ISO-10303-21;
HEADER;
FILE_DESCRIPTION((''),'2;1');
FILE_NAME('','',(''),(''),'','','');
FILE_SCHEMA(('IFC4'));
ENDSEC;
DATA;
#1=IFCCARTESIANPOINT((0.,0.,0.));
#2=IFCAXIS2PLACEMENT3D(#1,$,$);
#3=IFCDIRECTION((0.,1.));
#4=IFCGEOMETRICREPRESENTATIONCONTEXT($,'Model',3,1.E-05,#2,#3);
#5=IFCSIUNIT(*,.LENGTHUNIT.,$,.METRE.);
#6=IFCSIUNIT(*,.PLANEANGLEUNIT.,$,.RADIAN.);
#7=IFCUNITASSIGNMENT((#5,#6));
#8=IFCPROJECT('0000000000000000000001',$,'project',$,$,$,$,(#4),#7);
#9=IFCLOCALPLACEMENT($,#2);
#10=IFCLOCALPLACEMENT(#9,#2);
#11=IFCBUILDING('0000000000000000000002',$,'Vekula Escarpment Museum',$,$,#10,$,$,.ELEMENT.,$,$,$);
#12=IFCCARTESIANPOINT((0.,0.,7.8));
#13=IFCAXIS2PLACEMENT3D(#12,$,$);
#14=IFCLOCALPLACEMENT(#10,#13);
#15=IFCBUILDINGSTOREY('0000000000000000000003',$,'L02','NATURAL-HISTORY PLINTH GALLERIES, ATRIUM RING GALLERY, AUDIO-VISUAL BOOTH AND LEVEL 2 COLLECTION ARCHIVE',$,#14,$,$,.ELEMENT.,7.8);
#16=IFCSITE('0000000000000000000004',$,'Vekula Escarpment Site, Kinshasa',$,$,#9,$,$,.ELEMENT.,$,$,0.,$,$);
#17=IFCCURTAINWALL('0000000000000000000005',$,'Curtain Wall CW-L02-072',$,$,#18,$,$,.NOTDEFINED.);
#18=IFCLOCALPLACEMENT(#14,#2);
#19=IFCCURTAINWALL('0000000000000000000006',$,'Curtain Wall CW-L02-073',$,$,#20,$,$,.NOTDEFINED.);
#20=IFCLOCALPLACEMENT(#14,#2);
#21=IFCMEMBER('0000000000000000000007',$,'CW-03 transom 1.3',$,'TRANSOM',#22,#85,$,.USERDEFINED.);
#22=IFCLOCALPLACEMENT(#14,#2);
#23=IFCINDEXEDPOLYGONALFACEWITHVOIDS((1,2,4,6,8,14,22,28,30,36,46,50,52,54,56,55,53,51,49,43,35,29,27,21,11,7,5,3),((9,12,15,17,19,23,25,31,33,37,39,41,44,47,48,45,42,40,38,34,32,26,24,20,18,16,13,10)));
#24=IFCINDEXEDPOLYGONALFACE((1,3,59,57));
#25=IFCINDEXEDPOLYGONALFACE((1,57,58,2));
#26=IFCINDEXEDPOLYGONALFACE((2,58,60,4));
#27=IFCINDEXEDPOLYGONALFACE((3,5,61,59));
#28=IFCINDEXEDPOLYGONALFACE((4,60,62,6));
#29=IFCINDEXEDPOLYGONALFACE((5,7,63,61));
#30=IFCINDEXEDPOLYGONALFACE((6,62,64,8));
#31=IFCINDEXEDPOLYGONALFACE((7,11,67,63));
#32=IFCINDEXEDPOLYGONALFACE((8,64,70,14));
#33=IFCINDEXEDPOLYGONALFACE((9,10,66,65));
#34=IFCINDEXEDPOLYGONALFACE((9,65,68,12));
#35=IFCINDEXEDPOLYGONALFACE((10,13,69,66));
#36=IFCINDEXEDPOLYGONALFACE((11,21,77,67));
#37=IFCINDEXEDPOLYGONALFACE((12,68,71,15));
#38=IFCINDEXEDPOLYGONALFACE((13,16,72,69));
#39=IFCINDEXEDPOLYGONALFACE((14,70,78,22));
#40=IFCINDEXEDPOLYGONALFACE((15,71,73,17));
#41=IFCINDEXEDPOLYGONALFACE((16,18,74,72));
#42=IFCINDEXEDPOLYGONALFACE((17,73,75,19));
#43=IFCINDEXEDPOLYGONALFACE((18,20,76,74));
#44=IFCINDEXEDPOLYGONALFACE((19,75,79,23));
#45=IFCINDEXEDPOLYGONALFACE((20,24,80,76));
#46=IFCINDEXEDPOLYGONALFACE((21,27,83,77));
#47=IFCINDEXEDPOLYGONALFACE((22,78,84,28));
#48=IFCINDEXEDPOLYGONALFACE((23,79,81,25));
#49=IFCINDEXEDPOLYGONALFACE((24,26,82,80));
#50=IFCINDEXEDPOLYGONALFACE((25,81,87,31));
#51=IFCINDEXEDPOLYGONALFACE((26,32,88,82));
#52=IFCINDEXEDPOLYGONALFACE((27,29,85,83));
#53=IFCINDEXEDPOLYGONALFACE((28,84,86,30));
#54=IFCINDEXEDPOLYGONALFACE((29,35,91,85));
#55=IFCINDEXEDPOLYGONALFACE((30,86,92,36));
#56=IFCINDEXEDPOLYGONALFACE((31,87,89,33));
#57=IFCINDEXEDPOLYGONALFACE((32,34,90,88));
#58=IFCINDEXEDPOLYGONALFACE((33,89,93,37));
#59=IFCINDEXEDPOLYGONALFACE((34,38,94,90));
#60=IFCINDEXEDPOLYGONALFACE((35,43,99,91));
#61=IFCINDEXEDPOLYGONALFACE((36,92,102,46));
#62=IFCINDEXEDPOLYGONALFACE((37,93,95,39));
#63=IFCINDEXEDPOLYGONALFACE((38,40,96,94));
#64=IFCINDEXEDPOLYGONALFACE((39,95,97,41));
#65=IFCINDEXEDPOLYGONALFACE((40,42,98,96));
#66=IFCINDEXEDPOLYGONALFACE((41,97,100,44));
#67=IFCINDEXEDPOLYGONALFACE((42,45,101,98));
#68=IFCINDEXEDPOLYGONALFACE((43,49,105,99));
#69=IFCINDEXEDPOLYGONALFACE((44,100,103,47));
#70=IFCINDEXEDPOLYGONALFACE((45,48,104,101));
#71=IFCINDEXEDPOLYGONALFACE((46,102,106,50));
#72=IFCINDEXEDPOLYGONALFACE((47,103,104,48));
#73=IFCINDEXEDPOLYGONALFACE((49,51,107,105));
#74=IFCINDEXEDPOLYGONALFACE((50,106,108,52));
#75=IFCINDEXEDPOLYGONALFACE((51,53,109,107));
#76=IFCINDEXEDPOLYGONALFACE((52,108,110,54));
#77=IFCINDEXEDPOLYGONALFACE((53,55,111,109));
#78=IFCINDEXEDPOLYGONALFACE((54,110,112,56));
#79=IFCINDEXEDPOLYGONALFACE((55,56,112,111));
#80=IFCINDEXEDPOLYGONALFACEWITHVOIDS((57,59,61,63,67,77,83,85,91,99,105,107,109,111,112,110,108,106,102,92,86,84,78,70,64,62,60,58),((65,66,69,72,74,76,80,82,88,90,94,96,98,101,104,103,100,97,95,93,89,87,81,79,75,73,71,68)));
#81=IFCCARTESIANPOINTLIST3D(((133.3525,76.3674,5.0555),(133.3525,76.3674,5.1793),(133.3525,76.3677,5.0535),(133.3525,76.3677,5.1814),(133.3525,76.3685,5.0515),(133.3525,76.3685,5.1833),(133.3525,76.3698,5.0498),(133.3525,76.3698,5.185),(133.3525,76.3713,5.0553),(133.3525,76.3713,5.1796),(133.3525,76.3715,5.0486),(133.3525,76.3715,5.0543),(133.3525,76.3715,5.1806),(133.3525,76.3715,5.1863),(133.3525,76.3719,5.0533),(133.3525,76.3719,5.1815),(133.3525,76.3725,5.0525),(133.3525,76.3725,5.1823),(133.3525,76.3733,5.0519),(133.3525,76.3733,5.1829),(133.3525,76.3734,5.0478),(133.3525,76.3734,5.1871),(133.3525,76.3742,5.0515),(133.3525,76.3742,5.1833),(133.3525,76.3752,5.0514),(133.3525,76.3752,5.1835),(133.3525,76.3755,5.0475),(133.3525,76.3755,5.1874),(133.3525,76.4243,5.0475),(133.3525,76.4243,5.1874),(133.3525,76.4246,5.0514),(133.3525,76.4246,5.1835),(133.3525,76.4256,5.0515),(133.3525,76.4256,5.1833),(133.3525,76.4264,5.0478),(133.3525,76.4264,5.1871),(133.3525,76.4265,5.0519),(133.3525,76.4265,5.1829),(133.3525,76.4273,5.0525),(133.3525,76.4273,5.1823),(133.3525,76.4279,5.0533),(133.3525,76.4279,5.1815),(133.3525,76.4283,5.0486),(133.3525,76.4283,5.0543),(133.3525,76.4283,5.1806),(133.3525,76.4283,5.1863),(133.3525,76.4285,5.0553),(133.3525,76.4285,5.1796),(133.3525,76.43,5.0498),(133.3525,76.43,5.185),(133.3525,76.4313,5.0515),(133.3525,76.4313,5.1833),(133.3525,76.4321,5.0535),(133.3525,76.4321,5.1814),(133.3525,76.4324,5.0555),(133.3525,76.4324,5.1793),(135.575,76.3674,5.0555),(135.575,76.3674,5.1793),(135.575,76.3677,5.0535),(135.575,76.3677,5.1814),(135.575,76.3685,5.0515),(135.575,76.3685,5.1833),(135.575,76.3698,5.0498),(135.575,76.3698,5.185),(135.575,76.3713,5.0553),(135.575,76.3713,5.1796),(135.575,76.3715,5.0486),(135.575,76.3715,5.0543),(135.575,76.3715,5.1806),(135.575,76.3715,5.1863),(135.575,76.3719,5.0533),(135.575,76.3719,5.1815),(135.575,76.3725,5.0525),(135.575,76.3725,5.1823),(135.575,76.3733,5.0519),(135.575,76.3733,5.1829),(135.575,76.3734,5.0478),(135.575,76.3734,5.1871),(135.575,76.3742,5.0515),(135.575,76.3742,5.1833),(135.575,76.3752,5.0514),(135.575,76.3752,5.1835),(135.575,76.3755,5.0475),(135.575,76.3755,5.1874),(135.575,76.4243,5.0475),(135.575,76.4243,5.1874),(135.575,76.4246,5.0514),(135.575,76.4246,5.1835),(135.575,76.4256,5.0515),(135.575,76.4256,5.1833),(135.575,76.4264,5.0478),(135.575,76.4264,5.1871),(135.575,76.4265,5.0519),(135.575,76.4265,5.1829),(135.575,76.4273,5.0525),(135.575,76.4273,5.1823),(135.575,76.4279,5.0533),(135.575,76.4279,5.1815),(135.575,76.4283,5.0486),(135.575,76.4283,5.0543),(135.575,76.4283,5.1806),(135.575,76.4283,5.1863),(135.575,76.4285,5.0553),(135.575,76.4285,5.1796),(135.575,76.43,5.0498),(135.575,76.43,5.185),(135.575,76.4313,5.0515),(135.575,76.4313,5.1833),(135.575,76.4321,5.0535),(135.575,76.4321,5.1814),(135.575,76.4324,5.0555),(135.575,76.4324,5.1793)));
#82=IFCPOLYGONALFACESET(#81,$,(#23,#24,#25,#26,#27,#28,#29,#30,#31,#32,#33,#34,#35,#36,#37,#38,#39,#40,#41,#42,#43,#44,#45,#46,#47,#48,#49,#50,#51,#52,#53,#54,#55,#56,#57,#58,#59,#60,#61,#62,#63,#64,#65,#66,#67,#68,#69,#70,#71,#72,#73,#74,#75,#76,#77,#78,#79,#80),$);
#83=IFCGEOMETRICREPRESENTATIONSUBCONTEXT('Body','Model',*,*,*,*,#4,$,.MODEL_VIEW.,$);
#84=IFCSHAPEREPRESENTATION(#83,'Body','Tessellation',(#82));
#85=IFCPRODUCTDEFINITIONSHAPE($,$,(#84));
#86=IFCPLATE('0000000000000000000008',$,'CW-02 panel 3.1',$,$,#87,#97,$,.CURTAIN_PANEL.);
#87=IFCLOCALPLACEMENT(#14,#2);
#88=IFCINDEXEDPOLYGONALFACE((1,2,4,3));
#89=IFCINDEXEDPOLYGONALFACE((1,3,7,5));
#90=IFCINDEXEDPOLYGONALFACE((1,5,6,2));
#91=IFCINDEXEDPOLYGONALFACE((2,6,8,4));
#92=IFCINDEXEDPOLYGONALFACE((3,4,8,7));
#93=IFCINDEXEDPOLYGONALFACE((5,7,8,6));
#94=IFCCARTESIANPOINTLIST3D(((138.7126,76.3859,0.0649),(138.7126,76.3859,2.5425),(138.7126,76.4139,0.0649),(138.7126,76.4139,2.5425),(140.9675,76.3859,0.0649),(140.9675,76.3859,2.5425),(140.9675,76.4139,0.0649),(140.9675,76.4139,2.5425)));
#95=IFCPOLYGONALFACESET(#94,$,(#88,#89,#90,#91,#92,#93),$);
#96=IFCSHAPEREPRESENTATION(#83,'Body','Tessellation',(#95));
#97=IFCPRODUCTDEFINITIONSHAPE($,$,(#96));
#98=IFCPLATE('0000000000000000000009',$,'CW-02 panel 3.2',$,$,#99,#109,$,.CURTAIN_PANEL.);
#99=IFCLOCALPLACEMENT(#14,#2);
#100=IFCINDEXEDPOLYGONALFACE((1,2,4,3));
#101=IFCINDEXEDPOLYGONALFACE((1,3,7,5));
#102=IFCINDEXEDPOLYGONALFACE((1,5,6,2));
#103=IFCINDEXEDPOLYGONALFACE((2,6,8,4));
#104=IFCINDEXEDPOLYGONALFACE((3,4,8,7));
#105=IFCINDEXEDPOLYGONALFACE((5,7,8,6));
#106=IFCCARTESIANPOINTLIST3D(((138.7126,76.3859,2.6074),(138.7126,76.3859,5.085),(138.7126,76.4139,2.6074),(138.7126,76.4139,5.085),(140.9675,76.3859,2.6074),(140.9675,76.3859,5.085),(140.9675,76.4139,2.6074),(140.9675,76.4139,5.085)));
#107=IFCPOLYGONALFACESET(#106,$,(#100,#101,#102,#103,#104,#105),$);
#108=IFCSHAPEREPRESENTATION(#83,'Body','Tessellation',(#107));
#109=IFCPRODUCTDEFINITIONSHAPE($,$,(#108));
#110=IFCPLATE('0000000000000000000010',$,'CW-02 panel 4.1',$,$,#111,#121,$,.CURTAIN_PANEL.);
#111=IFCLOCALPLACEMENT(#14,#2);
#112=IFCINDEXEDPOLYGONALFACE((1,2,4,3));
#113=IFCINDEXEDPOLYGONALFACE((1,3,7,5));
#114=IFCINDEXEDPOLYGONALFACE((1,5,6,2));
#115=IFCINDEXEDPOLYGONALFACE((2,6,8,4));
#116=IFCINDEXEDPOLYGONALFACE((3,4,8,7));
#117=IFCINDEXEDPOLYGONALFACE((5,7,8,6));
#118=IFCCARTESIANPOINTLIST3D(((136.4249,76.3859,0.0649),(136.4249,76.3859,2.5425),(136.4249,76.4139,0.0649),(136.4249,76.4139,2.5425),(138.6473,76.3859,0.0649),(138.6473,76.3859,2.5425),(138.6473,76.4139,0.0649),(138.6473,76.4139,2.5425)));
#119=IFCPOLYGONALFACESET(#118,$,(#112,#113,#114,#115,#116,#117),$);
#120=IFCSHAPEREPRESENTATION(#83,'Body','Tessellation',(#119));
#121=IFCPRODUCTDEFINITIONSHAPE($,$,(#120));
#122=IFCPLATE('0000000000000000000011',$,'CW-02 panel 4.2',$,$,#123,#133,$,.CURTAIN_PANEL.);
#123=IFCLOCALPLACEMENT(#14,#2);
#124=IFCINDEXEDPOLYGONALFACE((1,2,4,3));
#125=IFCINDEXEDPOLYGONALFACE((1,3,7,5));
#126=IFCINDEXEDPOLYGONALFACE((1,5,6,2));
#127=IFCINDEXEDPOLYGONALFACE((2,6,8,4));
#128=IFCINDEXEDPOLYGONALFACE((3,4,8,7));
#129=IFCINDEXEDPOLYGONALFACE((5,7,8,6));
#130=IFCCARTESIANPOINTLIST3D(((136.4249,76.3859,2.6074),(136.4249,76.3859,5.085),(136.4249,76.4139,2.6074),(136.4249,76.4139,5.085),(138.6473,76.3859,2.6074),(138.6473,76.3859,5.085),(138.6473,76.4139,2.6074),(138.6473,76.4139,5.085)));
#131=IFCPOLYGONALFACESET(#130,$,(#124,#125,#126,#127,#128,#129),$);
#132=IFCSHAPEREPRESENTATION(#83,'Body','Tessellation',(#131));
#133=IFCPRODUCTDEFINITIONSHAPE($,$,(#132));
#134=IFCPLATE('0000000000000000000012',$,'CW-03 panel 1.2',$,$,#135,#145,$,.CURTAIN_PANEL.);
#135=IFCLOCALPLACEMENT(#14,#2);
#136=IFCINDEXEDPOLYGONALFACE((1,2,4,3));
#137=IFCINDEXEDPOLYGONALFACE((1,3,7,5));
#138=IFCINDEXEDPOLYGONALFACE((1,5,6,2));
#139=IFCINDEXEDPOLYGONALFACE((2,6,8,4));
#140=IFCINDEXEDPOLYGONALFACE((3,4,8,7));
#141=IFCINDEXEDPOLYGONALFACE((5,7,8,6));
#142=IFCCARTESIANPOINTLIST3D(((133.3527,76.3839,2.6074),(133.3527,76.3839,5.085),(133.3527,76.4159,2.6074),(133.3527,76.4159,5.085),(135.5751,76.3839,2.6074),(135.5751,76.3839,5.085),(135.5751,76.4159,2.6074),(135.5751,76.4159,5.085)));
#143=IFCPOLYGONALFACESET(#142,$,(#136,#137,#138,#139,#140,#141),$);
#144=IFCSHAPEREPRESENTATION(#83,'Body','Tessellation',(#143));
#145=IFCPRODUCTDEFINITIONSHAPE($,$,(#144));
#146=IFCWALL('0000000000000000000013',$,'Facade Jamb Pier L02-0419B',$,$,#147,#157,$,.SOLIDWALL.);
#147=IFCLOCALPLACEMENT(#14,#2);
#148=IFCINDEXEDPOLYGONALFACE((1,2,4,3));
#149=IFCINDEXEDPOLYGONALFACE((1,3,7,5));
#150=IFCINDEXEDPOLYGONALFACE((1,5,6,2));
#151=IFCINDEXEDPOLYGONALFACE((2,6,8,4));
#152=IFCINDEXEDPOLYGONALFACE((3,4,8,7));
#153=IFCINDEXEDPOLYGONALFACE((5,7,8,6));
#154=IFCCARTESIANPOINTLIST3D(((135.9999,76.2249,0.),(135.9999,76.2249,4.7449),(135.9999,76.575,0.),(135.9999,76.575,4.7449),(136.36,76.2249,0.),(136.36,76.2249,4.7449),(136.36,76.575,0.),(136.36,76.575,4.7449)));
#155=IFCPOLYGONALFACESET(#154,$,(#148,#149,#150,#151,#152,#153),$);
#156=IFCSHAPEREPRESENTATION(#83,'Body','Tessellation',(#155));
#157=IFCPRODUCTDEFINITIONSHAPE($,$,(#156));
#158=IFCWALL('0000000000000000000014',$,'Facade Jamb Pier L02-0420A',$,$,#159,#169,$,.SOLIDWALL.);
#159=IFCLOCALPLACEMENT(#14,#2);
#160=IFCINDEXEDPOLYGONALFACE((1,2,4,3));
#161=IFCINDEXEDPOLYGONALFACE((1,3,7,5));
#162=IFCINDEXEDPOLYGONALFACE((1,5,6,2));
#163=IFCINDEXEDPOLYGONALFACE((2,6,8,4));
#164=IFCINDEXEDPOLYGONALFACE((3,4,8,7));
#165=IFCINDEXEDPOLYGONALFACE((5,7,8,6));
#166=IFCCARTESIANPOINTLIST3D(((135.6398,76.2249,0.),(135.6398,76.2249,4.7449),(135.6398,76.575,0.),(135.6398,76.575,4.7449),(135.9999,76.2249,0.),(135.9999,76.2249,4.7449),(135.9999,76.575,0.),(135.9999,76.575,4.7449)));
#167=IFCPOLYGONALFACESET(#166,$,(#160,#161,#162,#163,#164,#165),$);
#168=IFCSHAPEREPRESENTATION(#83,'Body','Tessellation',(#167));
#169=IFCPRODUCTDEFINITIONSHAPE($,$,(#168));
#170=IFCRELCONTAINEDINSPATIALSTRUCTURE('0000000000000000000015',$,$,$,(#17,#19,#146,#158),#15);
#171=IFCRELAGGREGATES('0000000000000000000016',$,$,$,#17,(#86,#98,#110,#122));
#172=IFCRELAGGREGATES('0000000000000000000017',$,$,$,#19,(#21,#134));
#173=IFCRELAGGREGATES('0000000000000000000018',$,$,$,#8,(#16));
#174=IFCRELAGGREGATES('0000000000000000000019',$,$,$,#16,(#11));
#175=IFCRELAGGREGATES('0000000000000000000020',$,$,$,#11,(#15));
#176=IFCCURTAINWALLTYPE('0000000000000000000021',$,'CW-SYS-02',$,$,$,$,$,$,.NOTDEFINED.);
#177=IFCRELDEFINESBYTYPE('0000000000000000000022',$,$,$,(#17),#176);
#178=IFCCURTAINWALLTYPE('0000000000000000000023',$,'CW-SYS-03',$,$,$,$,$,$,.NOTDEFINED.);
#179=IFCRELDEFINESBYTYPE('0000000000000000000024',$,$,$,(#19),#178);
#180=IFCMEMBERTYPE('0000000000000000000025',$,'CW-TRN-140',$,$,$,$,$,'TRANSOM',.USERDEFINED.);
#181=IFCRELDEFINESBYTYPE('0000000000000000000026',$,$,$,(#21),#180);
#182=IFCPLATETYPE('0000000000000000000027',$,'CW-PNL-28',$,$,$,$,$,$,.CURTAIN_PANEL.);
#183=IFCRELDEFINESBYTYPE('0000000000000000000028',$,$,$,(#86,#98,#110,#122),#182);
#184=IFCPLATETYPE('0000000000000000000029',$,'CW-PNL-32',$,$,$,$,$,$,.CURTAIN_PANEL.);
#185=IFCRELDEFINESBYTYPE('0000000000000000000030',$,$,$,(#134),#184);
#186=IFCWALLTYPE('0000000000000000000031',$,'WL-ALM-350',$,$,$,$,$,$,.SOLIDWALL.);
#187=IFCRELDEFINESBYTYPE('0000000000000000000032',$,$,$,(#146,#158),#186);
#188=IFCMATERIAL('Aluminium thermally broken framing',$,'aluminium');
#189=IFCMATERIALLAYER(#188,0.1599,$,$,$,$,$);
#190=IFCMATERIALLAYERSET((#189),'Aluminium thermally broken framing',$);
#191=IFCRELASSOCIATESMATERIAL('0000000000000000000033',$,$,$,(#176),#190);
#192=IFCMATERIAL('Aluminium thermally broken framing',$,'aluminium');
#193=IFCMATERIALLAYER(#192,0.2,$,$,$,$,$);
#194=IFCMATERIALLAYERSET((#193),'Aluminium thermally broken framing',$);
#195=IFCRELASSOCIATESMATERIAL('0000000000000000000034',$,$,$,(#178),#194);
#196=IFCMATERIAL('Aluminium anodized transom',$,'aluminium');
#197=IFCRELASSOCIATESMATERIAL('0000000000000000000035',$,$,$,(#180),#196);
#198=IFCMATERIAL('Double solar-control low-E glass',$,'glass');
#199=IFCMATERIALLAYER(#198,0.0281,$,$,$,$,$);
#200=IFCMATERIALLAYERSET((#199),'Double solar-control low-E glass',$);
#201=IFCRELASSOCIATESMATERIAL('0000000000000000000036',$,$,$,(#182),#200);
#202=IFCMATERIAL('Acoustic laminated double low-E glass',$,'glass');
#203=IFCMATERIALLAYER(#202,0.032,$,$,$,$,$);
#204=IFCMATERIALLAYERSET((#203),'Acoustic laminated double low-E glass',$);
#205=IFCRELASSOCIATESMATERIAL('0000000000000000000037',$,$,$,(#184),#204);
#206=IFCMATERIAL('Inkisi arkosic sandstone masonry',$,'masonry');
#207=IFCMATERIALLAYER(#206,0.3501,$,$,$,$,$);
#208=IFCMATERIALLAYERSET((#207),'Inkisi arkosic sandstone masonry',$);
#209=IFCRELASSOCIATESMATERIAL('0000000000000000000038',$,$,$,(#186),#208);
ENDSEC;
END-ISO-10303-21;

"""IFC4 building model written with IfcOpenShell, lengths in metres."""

from ifc_helpers import new_model, si_unit, direction, frame, frame_2d, origin, origin_2d, place, context, subcontext, project, spatial, rectangle, hollow_rectangle, extrude, material, layer, layer_set, material_profile, profile_set, type_object, element, aggregate, save


model = new_model("IFC4")

# Units and contexts
model_context = context("Model", 3, precision=1e-05, world=origin(), true_north=direction((0.0, 1.0)))
body_context = subcontext(model_context, "Body", "Model", "MODEL_VIEW")
ifc_project = project(units=[si_unit("LENGTHUNIT", "METRE"), si_unit("PLANEANGLEUNIT", "RADIAN")], contexts=[model_context])

# Site, building, storey
site_placement = place(None, origin())
site = spatial("IfcSite", under=ifc_project, at=site_placement, Name="Vekula Escarpment Site, Kinshasa", CompositionType="ELEMENT", RefElevation=0.0)
building_placement = place(site_placement, origin())
building = spatial("IfcBuilding", under=site, at=building_placement, Name="Vekula Escarpment Museum", CompositionType="ELEMENT")
storey_placement = place(building_placement, frame((0.0, 0.0, 7.8)))
storey = spatial("IfcBuildingStorey", under=building, at=storey_placement, Name="L02", Description="NATURAL-HISTORY PLINTH GALLERIES, ATRIUM RING GALLERY, AUDIO-VISUAL BOOTH AND LEVEL 2 COLLECTION ARCHIVE", CompositionType="ELEMENT", Elevation=7.8)

# Curtain wall
ifc_material_1 = material(Name="Aluminium thermally broken framing", Category="aluminium")
ifc_layer_1 = layer(ifc_material_1, 0.1599)
ifc_layer_set_1 = layer_set([ifc_layer_1], Name="Aluminium thermally broken framing")
curtain_wall_type_1 = type_object("IfcCurtainWallType", Name="CW-SYS-02", PredefinedType="NOTDEFINED", material=ifc_layer_set_1)
curtain_wall_1_placement = place(storey_placement, origin())
curtain_wall_1 = element("IfcCurtainWall", 1, at=curtain_wall_1_placement, inside=storey, type_object=curtain_wall_type_1, Name="Curtain Wall CW-L02-072", PredefinedType="NOTDEFINED")

# Curtain wall
ifc_material_2 = material(Name="Aluminium thermally broken framing", Category="aluminium")
ifc_layer_2 = layer(ifc_material_2, 0.2)
ifc_layer_set_2 = layer_set([ifc_layer_2], Name="Aluminium thermally broken framing")
curtain_wall_type_2 = type_object("IfcCurtainWallType", Name="CW-SYS-03", PredefinedType="NOTDEFINED", material=ifc_layer_set_2)
curtain_wall_2_placement = place(storey_placement, origin())
curtain_wall_2 = element("IfcCurtainWall", 2, at=curtain_wall_2_placement, inside=storey, type_object=curtain_wall_type_2, Name="Curtain Wall CW-L02-073", PredefinedType="NOTDEFINED")

# Member
ifc_material_3 = material(Name="Aluminium anodized transom", Category="aluminium")
ifc_material_profile_1 = material_profile(ifc_material_3, hollow_rectangle(XDim=0.0649, YDim=0.1399, WallThickness=0.0039, InnerFilletRadius=0.0039, OuterFilletRadius=0.0081, at=origin_2d()), Name="ALU 140x65x4")
ifc_profile_set_1 = profile_set([ifc_material_profile_1], Name="Aluminium anodized transom")
member_type_1 = type_object("IfcMemberType", Name="CW-TRN-140", ElementType="TRANSOM", PredefinedType="USERDEFINED", material=ifc_profile_set_1)
member_1_placement = place(storey_placement, frame((135.575, 76.3999, 5.1174), z_axis=(-1.0, 0.0, 0.0), x_axis=(0.0, -1.0, 0.0)))
member_1 = element("IfcMember", 3, at=member_1_placement, type_object=member_type_1, Name="CW-03 transom 1.3", ObjectType="TRANSOM", PredefinedType="USERDEFINED", context=body_context, shape_type="SweptSolid", body=[
    extrude(hollow_rectangle(XDim=0.0649, YDim=0.1399, WallThickness=0.0039, InnerFilletRadius=0.0039, OuterFilletRadius=0.0081, at=origin_2d()), origin(), (0.0, 0.0, 1.0), 2.2224),
])

# Plates
ifc_material_4 = material(Name="Double solar-control low-E glass", Category="glass")
ifc_layer_3 = layer(ifc_material_4, 0.0281)
ifc_layer_set_3 = layer_set([ifc_layer_3], Name="Double solar-control low-E glass")
plate_type_1 = type_object("IfcPlateType", Name="CW-PNL-28", PredefinedType="CURTAIN_PANEL", material=ifc_layer_set_3)
plate_1_placement = place(storey_placement, frame((139.8401, 76.3999, 0.0649), z_axis=(0.0, 0.0, 1.0), x_axis=(-1.0, 0.0, 0.0)))
plate_1 = element("IfcPlate", 4, at=plate_1_placement, type_object=plate_type_1, Name="CW-02 panel 3.1", PredefinedType="CURTAIN_PANEL", context=body_context, shape_type="SweptSolid", body=[
    extrude(rectangle(XDim=2.2549, YDim=0.0281, at=origin_2d()), origin(), (0.0, 0.0, 1.0), 2.4775),
])
plate_2_placement = place(storey_placement, frame((139.8401, 76.3999, 2.6074), z_axis=(0.0, 0.0, 1.0), x_axis=(-1.0, 0.0, 0.0)))
plate_2 = element("IfcPlate", 5, at=plate_2_placement, type_object=plate_type_1, Name="CW-02 panel 3.2", PredefinedType="CURTAIN_PANEL", context=body_context, shape_type="SweptSolid", body=[
    extrude(rectangle(XDim=2.2549, YDim=0.0281, at=origin_2d()), origin(), (0.0, 0.0, 1.0), 2.4775),
])
plate_3_placement = place(storey_placement, frame((137.5361, 76.3999, 0.0649), z_axis=(0.0, 0.0, 1.0), x_axis=(-1.0, 0.0, 0.0)))
plate_3 = element("IfcPlate", 6, at=plate_3_placement, type_object=plate_type_1, Name="CW-02 panel 4.1", PredefinedType="CURTAIN_PANEL", context=body_context, shape_type="SweptSolid", body=[
    extrude(rectangle(XDim=2.2224, YDim=0.0281, at=origin_2d()), origin(), (0.0, 0.0, 1.0), 2.4775),
])
plate_4_placement = place(storey_placement, frame((137.5361, 76.3999, 2.6074), z_axis=(0.0, 0.0, 1.0), x_axis=(-1.0, 0.0, 0.0)))
plate_4 = element("IfcPlate", 7, at=plate_4_placement, type_object=plate_type_1, Name="CW-02 panel 4.2", PredefinedType="CURTAIN_PANEL", context=body_context, shape_type="SweptSolid", body=[
    extrude(rectangle(XDim=2.2224, YDim=0.0281, at=origin_2d()), origin(), (0.0, 0.0, 1.0), 2.4775),
])
aggregate(curtain_wall_1, [plate_1, plate_2, plate_3, plate_4])
ifc_material_5 = material(Name="Acoustic laminated double low-E glass", Category="glass")
ifc_layer_4 = layer(ifc_material_5, 0.032)
ifc_layer_set_4 = layer_set([ifc_layer_4], Name="Acoustic laminated double low-E glass")
plate_type_2 = type_object("IfcPlateType", Name="CW-PNL-32", PredefinedType="CURTAIN_PANEL", material=ifc_layer_set_4)
plate_5_placement = place(storey_placement, frame((134.4639, 76.3999, 2.6074), z_axis=(0.0, 0.0, 1.0), x_axis=(-1.0, 0.0, 0.0)))
plate_5 = element("IfcPlate", 8, at=plate_5_placement, type_object=plate_type_2, Name="CW-03 panel 1.2", PredefinedType="CURTAIN_PANEL", context=body_context, shape_type="SweptSolid", body=[
    extrude(rectangle(XDim=2.2224, YDim=0.032, at=origin_2d()), origin(), (0.0, 0.0, 1.0), 2.4775),
])
aggregate(curtain_wall_2, [member_1, plate_5])

# Walls
ifc_material_6 = material(Name="Inkisi arkosic sandstone masonry", Category="masonry")
ifc_layer_5 = layer(ifc_material_6, 0.3501)
ifc_layer_set_5 = layer_set([ifc_layer_5], Name="Inkisi arkosic sandstone masonry")
wall_type = type_object("IfcWallType", Name="WL-ALM-350", PredefinedType="SOLIDWALL", material=ifc_layer_set_5)
for number, where, z_axis, x_axis, name in (
    (9, (136.3601, 76.3999, 0.0), (0.0, 0.0, 1.0), (-1.0, 0.0, 0.0), "Facade Jamb Pier L02-0419B"),
    (10, (136.0, 76.3999, 0.0), (0.0, 0.0, 1.0), (-1.0, 0.0, 0.0), "Facade Jamb Pier L02-0420A"),
):
    element("IfcWall", number, at=place(storey_placement, frame(where, z_axis=z_axis, x_axis=x_axis)), inside=storey, type_object=wall_type, Name=name, PredefinedType="SOLIDWALL", context=body_context, shape_type="SweptSolid", body=[
        extrude(rectangle(XDim=0.3601, YDim=0.3501, at=frame_2d((0.1802, 0.0))), origin(), (0.0, 0.0, 1.0), 4.7449),
    ])

save(model, "model.ifc")
